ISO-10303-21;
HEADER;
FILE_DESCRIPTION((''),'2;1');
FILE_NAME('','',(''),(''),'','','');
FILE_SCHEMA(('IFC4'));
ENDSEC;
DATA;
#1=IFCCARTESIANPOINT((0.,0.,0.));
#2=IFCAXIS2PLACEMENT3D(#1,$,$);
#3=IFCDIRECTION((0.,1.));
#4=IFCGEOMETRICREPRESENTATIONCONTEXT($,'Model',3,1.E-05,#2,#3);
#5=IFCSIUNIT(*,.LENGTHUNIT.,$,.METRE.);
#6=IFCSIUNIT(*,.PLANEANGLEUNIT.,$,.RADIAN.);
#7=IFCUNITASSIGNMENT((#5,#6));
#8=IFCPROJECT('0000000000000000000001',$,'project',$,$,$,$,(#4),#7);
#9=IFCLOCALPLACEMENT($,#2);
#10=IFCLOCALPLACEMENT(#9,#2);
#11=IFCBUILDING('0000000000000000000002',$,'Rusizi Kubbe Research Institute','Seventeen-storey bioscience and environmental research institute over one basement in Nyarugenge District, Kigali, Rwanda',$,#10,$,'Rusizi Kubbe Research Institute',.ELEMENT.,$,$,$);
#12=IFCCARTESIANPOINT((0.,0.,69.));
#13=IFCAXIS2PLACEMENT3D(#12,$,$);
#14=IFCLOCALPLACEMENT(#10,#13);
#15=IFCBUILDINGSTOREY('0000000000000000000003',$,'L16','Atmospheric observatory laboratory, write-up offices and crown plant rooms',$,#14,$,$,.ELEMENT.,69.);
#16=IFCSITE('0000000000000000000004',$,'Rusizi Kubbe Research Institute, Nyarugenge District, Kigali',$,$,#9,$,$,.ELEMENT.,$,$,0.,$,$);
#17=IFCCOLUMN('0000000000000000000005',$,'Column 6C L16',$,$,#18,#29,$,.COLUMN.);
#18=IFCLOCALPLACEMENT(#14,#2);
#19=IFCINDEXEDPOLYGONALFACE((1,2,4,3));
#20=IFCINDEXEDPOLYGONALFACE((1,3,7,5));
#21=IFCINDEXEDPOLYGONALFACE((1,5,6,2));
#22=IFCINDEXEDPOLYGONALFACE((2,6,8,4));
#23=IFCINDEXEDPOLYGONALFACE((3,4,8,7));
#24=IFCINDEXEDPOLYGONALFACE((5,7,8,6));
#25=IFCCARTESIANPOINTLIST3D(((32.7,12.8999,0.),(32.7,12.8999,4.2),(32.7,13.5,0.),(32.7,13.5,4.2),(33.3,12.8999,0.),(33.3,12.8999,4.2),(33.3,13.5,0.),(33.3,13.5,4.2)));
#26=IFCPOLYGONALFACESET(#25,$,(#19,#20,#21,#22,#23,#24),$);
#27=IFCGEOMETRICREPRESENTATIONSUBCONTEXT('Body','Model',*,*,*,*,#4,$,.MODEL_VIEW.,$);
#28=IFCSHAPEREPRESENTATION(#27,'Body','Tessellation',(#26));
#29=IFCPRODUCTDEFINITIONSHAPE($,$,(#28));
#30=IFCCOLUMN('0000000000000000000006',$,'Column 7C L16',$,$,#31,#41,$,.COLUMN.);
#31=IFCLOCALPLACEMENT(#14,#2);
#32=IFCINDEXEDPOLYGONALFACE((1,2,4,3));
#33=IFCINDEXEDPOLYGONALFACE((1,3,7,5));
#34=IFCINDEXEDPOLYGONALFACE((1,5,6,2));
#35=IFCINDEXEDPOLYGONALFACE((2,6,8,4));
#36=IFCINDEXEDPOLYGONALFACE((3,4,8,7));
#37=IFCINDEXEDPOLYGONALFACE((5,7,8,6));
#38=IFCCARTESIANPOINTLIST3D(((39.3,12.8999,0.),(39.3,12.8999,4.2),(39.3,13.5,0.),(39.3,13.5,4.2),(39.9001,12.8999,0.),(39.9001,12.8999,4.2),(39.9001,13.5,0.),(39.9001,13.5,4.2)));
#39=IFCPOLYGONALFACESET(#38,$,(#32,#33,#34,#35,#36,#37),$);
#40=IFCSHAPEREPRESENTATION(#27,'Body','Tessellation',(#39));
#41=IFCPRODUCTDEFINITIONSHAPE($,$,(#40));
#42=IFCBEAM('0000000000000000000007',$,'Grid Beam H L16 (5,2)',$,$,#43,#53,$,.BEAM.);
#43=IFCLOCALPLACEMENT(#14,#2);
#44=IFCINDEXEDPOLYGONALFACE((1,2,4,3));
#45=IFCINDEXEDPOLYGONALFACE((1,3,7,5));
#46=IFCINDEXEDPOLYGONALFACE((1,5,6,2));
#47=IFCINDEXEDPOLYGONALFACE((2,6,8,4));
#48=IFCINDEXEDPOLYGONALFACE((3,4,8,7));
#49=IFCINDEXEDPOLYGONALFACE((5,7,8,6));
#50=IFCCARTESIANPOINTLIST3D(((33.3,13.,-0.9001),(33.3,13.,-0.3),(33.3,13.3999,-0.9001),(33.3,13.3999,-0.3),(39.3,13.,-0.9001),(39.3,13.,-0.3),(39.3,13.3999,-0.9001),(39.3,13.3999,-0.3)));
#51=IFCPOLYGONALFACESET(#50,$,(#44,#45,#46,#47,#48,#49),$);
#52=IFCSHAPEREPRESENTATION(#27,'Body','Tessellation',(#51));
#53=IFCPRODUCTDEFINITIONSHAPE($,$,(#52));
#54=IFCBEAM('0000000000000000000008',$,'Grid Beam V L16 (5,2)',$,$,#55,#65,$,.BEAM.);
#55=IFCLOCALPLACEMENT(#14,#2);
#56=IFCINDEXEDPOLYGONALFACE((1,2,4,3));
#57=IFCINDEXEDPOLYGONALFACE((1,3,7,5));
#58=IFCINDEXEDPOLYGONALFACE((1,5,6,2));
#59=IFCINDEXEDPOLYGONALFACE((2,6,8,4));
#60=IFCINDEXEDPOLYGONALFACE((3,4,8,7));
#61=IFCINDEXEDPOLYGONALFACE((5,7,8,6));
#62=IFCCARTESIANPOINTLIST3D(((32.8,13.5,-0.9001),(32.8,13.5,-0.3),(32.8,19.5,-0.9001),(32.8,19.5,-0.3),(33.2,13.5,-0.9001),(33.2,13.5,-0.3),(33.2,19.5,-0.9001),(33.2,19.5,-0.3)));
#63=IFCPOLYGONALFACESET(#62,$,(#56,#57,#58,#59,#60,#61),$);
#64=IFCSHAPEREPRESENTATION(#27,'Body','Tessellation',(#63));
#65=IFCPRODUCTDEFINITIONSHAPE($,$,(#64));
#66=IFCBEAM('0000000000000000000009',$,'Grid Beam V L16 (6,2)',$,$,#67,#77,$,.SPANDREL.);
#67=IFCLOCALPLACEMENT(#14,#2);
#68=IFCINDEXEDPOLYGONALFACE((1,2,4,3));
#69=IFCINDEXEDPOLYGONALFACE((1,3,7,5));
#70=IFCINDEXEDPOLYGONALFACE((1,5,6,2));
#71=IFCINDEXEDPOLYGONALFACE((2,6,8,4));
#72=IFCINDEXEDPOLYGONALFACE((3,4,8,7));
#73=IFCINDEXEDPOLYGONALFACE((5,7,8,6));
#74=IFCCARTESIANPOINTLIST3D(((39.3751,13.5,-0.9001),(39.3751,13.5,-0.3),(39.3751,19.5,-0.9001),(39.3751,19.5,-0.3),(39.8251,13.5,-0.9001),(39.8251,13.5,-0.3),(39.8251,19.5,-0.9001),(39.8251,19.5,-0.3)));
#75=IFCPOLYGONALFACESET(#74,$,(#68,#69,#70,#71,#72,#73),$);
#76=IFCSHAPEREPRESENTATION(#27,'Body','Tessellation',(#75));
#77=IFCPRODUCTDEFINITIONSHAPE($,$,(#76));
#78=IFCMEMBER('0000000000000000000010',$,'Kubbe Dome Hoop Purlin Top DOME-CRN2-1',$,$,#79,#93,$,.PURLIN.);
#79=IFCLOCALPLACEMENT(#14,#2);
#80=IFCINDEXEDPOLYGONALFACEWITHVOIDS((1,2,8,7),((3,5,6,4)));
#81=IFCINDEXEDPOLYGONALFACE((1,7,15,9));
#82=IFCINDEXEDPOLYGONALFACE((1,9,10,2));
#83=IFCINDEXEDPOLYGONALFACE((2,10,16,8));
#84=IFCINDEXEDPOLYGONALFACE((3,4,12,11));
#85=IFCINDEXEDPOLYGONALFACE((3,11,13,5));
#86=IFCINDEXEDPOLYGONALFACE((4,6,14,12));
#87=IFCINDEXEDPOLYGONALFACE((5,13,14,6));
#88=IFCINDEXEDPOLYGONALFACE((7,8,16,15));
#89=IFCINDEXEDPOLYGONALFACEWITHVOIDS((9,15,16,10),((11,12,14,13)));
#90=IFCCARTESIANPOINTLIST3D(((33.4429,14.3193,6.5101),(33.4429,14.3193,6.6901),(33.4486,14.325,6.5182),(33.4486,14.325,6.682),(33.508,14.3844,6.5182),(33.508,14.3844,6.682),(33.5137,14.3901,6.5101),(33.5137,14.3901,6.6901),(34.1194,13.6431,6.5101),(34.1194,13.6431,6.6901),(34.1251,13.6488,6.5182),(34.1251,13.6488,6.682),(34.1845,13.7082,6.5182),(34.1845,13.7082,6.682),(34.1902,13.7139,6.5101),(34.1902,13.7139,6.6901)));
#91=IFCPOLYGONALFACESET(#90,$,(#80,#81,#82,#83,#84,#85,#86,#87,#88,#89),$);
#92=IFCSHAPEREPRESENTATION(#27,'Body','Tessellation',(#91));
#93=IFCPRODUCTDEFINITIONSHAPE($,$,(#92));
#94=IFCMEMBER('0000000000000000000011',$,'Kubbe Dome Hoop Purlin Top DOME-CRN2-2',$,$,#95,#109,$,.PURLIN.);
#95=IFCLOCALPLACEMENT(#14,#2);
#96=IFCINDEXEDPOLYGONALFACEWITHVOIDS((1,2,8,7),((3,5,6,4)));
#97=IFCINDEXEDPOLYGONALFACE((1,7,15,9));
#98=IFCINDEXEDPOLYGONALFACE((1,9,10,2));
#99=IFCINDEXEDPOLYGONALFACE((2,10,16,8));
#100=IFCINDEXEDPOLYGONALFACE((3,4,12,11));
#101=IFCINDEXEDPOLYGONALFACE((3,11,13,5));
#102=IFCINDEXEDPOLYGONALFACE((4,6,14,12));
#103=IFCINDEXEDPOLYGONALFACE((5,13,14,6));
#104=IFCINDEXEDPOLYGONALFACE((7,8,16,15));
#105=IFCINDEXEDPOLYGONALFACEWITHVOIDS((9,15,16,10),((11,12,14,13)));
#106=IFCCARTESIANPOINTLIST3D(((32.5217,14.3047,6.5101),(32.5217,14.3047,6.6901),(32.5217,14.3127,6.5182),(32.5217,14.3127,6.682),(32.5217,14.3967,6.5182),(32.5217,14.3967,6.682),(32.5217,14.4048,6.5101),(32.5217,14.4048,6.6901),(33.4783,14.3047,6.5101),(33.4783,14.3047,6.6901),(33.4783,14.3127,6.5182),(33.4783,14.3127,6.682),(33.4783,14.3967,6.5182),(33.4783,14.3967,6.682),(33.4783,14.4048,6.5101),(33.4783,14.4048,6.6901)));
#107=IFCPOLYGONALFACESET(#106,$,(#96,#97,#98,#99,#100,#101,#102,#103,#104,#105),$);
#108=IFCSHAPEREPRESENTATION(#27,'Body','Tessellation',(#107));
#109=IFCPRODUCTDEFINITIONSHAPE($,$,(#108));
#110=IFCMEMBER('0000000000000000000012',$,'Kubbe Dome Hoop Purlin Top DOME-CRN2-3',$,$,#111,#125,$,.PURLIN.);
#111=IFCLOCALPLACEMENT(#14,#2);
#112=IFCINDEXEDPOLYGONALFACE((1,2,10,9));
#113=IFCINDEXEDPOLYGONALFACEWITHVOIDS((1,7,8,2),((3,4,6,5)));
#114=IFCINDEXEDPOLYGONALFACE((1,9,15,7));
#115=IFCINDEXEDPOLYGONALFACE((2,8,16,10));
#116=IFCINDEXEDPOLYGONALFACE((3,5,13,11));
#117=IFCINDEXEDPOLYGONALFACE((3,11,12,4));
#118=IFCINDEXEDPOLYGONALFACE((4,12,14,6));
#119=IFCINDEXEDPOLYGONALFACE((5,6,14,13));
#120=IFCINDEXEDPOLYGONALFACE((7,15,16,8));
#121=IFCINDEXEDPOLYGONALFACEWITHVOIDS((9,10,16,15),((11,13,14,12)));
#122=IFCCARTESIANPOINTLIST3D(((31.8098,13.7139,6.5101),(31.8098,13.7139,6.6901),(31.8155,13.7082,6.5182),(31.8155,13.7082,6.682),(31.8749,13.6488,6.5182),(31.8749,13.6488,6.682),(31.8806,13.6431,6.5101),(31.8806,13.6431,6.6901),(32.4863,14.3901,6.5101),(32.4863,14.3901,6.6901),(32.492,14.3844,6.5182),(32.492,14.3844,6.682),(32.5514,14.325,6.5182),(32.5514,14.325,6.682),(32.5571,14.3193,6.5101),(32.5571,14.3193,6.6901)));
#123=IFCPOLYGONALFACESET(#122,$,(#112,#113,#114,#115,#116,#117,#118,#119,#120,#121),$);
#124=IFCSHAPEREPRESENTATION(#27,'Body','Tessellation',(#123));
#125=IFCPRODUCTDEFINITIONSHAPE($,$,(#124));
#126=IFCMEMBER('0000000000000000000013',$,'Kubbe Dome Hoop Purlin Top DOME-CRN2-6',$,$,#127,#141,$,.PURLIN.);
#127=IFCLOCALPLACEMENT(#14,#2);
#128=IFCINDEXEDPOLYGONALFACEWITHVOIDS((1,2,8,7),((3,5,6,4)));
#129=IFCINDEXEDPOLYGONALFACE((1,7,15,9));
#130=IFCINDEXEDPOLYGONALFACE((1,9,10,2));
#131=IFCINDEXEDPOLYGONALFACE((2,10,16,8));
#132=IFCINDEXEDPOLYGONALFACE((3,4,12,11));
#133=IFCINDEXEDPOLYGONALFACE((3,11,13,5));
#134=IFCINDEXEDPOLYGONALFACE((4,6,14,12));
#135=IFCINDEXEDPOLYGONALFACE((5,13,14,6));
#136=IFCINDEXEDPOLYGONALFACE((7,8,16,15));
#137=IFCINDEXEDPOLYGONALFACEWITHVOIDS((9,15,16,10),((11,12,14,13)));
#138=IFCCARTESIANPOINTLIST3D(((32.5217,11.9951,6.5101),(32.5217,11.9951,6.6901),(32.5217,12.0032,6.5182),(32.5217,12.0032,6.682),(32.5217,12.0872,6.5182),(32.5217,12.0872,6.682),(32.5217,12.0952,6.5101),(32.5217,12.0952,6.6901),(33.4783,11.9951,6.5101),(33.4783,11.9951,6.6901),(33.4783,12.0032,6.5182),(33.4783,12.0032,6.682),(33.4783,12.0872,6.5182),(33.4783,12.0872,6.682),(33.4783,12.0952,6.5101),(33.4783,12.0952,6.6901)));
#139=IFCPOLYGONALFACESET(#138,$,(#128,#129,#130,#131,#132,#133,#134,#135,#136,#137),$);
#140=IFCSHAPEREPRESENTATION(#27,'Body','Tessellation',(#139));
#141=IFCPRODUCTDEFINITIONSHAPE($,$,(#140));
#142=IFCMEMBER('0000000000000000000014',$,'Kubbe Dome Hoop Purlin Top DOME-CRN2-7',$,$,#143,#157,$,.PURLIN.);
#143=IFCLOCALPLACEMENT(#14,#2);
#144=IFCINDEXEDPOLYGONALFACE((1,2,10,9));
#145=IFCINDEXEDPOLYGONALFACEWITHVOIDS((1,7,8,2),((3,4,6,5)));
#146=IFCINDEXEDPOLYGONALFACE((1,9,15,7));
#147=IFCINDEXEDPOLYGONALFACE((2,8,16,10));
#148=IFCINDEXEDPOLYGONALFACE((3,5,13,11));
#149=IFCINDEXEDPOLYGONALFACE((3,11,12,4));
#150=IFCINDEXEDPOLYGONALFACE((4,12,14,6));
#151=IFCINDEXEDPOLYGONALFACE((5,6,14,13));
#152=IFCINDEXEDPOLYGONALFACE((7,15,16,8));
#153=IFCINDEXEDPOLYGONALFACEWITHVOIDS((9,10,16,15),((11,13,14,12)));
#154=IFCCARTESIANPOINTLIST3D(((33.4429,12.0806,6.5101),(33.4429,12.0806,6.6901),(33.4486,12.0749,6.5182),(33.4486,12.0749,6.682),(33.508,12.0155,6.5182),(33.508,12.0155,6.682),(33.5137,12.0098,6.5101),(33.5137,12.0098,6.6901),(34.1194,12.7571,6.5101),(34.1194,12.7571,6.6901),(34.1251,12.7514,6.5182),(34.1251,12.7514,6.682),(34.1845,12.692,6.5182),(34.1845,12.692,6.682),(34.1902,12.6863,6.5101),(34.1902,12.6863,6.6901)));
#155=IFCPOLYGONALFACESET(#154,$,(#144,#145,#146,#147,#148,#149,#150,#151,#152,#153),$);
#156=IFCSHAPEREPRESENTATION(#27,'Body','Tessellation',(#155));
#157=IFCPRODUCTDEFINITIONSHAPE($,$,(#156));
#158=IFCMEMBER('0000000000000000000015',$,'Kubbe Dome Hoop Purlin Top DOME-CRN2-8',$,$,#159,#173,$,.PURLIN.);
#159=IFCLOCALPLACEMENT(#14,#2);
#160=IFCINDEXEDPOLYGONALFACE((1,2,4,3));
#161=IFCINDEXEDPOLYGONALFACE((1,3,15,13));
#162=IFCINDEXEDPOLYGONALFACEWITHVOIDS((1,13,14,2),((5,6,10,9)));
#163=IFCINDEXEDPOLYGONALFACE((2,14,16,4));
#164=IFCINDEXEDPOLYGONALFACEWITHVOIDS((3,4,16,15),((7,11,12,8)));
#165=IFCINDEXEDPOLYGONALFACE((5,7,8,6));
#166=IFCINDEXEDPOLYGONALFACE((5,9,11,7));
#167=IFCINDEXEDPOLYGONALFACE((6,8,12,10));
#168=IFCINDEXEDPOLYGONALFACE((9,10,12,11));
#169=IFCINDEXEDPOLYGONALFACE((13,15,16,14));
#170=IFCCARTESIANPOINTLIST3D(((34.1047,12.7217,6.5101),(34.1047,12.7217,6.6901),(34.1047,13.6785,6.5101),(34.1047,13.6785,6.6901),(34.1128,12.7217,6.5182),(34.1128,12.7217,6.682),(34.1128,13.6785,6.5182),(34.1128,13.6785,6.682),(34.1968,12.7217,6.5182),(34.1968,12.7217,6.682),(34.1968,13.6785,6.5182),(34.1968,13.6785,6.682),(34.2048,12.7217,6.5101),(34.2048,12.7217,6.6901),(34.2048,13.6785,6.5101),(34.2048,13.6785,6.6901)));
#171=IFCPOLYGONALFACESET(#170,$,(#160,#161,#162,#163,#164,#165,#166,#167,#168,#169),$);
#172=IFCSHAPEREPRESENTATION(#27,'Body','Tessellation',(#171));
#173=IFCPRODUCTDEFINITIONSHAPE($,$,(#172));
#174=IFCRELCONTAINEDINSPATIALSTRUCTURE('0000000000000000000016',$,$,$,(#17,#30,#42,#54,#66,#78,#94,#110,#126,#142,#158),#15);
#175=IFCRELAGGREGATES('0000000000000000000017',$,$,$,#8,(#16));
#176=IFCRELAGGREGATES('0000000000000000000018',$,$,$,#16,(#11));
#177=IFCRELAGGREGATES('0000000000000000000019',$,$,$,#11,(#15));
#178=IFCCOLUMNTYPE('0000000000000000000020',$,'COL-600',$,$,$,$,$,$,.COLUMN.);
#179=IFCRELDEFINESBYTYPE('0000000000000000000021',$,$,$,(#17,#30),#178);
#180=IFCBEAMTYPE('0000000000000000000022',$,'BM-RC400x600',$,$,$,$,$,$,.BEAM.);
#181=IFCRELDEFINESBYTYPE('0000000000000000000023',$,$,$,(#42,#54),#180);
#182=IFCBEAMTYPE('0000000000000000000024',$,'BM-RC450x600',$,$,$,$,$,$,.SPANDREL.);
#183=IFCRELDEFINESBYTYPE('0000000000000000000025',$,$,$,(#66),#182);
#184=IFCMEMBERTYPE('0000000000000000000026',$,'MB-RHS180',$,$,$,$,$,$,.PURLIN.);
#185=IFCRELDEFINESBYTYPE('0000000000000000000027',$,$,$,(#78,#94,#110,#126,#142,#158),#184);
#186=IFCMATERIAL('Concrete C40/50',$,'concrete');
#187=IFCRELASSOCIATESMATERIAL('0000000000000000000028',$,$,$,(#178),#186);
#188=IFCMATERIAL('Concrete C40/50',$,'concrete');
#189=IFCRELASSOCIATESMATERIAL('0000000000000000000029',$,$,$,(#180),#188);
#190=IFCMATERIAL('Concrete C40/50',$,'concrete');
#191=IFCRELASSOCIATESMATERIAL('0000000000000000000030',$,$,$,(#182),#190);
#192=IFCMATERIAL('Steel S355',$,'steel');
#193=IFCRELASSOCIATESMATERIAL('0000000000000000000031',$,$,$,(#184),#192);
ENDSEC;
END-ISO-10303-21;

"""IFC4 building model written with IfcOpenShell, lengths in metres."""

from ifc_helpers import new_model, si_unit, direction, frame, origin, origin_2d, place, context, subcontext, project, spatial, rectangle, hollow_rectangle, extrude, material, material_profile, profile_set, type_object, element, save


model = new_model("IFC4")

# Units and contexts
model_context = context("Model", 3, precision=1e-05, world=origin(), true_north=direction((0.0, 1.0)))
body_context = subcontext(model_context, "Body", "Model", "MODEL_VIEW")
ifc_project = project(units=[si_unit("LENGTHUNIT", "METRE"), si_unit("PLANEANGLEUNIT", "RADIAN")], contexts=[model_context])

# Site, building, storey
site_placement = place(None, origin())
site = spatial("IfcSite", under=ifc_project, at=site_placement, Name="Rusizi Kubbe Research Institute, Nyarugenge District, Kigali", CompositionType="ELEMENT", RefElevation=0.0)
building_placement = place(site_placement, origin())
building = spatial("IfcBuilding", under=site, at=building_placement, Name="Rusizi Kubbe Research Institute", Description="Seventeen-storey bioscience and environmental research institute over one basement in Nyarugenge District, Kigali, Rwanda", LongName="Rusizi Kubbe Research Institute", CompositionType="ELEMENT")
storey_placement = place(building_placement, frame((0.0, 0.0, 69.0)))
storey = spatial("IfcBuildingStorey", under=building, at=storey_placement, Name="L16", Description="Atmospheric observatory laboratory, write-up offices and crown plant rooms", CompositionType="ELEMENT", Elevation=69.0)

# Columns
ifc_material_1 = material(Name="Concrete C40/50", Category="concrete")
ifc_material_profile_1 = material_profile(ifc_material_1, rectangle(XDim=0.6001, YDim=0.6001, at=origin_2d()), Name="RC600x600")
ifc_profile_set_1 = profile_set([ifc_material_profile_1], Name="Concrete C40/50")
column_type = type_object("IfcColumnType", Name="COL-600", PredefinedType="COLUMN", material=ifc_profile_set_1)
for number, where, z_axis, x_axis, name in (
    (1, (33.0, 13.2, 0.0), (0.0, 0.0, 1.0), (1.0, 0.0, 0.0), "Column 6C L16"),
    (2, (39.6001, 13.2, 0.0), (0.0, 0.0, 1.0), (1.0, 0.0, 0.0), "Column 7C L16"),
):
    element("IfcColumn", number, at=place(storey_placement, frame(where, z_axis=z_axis, x_axis=x_axis)), inside=storey, type_object=column_type, Name=name, PredefinedType="COLUMN", context=body_context, shape_type="SweptSolid", body=[
        extrude(rectangle(XDim=0.6001, YDim=0.6001, at=origin_2d()), origin(), (0.0, 0.0, 1.0), 4.2),
    ])

# Beams
ifc_material_2 = material(Name="Concrete C40/50", Category="concrete")
ifc_material_profile_2 = material_profile(ifc_material_2, rectangle(XDim=0.3999, YDim=0.6001, at=origin_2d()), Name="RC400x600")
ifc_profile_set_2 = profile_set([ifc_material_profile_2], Name="Concrete C40/50")
beam_type_1 = type_object("IfcBeamType", Name="BM-RC400x600", PredefinedType="BEAM", material=ifc_profile_set_2)
for number, where, z_axis, x_axis, name in (
    (3, (33.3, 13.2, -0.6001), (1.0, 0.0, 0.0), (0.0, 1.0, 0.0), "Grid Beam H L16 (5,2)"),
    (4, (33.0, 13.5, -0.6001), (0.0, 1.0, 0.0), (-1.0, 0.0, 0.0), "Grid Beam V L16 (5,2)"),
):
    element("IfcBeam", number, at=place(storey_placement, frame(where, z_axis=z_axis, x_axis=x_axis)), inside=storey, type_object=beam_type_1, Name=name, PredefinedType="BEAM", context=body_context, shape_type="SweptSolid", body=[
        extrude(rectangle(XDim=0.3999, YDim=0.6001, at=origin_2d()), origin(), (0.0, 0.0, 1.0), 6.0),
    ])
ifc_material_3 = material(Name="Concrete C40/50", Category="concrete")
ifc_material_profile_3 = material_profile(ifc_material_3, rectangle(XDim=0.45, YDim=0.6001, at=origin_2d()), Name="RC450x600")
ifc_profile_set_3 = profile_set([ifc_material_profile_3], Name="Concrete C40/50")
beam_type_2 = type_object("IfcBeamType", Name="BM-RC450x600", PredefinedType="SPANDREL", material=ifc_profile_set_3)
beam_placement = place(storey_placement, frame((39.6001, 13.5, -0.6001), z_axis=(0.0, 1.0, 0.0), x_axis=(-1.0, 0.0, 0.0)))
element("IfcBeam", 5, at=beam_placement, inside=storey, type_object=beam_type_2, Name="Grid Beam V L16 (6,2)", PredefinedType="SPANDREL", context=body_context, shape_type="SweptSolid", body=[
    extrude(rectangle(XDim=0.45, YDim=0.6001, at=origin_2d()), origin(), (0.0, 0.0, 1.0), 6.0),
])

# Members
ifc_material_4 = material(Name="Steel S355", Category="steel")
ifc_material_profile_4 = material_profile(ifc_material_4, hollow_rectangle(XDim=0.1001, YDim=0.1799, WallThickness=0.0081, at=origin_2d()), Name="RHS 180x100x8.0")
ifc_profile_set_4 = profile_set([ifc_material_profile_4], Name="Steel S355")
member_type = type_object("IfcMemberType", Name="MB-RHS180", PredefinedType="PURLIN", material=ifc_profile_set_4)
for number, where, z_axis, x_axis, name in (
    (6, (34.1548, 13.6785, 6.6001), (-0.707234, 0.706979, 0.0), (-0.706979, -0.707234, 0.0), "Kubbe Dome Hoop Purlin Top DOME-CRN2-1"),
    (7, (33.4783, 14.3547, 6.6001), (-1.0, 0.0, 0.0), (0.0, -1.0, 0.0), "Kubbe Dome Hoop Purlin Top DOME-CRN2-2"),
    (8, (32.5217, 14.3547, 6.6001), (-0.707234, -0.706979, 0.0), (0.706979, -0.707234, 0.0), "Kubbe Dome Hoop Purlin Top DOME-CRN2-3"),
    (9, (32.5217, 12.0452, 6.6001), (1.0, 0.0, 0.0), (0.0, 1.0, 0.0), "Kubbe Dome Hoop Purlin Top DOME-CRN2-6"),
):
    element("IfcMember", number, at=place(storey_placement, frame(where, z_axis=z_axis, x_axis=x_axis)), inside=storey, type_object=member_type, Name=name, PredefinedType="PURLIN", context=body_context, shape_type="SweptSolid", body=[
        extrude(hollow_rectangle(XDim=0.1001, YDim=0.1799, WallThickness=0.0081, at=origin_2d()), origin(), (0.0, 0.0, 1.0), 0.9565),
    ])
for number, where, z_axis, x_axis, name in (
    (10, (33.4783, 12.0452, 6.6001), (0.707107, 0.707107, 0.0), (-0.707107, 0.707107, 0.0), "Kubbe Dome Hoop Purlin Top DOME-CRN2-7"),
    (11, (34.1548, 12.7217, 6.6001), (0.0, 1.0, 0.0), (-1.0, 0.0, 0.0), "Kubbe Dome Hoop Purlin Top DOME-CRN2-8"),
):
    element("IfcMember", number, at=place(storey_placement, frame(where, z_axis=z_axis, x_axis=x_axis)), inside=storey, type_object=member_type, Name=name, PredefinedType="PURLIN", context=body_context, shape_type="SweptSolid", body=[
        extrude(hollow_rectangle(XDim=0.1001, YDim=0.1799, WallThickness=0.0081, at=origin_2d()), origin(), (0.0, 0.0, 1.0), 0.9568),
    ])

save(model, "model.ifc")
